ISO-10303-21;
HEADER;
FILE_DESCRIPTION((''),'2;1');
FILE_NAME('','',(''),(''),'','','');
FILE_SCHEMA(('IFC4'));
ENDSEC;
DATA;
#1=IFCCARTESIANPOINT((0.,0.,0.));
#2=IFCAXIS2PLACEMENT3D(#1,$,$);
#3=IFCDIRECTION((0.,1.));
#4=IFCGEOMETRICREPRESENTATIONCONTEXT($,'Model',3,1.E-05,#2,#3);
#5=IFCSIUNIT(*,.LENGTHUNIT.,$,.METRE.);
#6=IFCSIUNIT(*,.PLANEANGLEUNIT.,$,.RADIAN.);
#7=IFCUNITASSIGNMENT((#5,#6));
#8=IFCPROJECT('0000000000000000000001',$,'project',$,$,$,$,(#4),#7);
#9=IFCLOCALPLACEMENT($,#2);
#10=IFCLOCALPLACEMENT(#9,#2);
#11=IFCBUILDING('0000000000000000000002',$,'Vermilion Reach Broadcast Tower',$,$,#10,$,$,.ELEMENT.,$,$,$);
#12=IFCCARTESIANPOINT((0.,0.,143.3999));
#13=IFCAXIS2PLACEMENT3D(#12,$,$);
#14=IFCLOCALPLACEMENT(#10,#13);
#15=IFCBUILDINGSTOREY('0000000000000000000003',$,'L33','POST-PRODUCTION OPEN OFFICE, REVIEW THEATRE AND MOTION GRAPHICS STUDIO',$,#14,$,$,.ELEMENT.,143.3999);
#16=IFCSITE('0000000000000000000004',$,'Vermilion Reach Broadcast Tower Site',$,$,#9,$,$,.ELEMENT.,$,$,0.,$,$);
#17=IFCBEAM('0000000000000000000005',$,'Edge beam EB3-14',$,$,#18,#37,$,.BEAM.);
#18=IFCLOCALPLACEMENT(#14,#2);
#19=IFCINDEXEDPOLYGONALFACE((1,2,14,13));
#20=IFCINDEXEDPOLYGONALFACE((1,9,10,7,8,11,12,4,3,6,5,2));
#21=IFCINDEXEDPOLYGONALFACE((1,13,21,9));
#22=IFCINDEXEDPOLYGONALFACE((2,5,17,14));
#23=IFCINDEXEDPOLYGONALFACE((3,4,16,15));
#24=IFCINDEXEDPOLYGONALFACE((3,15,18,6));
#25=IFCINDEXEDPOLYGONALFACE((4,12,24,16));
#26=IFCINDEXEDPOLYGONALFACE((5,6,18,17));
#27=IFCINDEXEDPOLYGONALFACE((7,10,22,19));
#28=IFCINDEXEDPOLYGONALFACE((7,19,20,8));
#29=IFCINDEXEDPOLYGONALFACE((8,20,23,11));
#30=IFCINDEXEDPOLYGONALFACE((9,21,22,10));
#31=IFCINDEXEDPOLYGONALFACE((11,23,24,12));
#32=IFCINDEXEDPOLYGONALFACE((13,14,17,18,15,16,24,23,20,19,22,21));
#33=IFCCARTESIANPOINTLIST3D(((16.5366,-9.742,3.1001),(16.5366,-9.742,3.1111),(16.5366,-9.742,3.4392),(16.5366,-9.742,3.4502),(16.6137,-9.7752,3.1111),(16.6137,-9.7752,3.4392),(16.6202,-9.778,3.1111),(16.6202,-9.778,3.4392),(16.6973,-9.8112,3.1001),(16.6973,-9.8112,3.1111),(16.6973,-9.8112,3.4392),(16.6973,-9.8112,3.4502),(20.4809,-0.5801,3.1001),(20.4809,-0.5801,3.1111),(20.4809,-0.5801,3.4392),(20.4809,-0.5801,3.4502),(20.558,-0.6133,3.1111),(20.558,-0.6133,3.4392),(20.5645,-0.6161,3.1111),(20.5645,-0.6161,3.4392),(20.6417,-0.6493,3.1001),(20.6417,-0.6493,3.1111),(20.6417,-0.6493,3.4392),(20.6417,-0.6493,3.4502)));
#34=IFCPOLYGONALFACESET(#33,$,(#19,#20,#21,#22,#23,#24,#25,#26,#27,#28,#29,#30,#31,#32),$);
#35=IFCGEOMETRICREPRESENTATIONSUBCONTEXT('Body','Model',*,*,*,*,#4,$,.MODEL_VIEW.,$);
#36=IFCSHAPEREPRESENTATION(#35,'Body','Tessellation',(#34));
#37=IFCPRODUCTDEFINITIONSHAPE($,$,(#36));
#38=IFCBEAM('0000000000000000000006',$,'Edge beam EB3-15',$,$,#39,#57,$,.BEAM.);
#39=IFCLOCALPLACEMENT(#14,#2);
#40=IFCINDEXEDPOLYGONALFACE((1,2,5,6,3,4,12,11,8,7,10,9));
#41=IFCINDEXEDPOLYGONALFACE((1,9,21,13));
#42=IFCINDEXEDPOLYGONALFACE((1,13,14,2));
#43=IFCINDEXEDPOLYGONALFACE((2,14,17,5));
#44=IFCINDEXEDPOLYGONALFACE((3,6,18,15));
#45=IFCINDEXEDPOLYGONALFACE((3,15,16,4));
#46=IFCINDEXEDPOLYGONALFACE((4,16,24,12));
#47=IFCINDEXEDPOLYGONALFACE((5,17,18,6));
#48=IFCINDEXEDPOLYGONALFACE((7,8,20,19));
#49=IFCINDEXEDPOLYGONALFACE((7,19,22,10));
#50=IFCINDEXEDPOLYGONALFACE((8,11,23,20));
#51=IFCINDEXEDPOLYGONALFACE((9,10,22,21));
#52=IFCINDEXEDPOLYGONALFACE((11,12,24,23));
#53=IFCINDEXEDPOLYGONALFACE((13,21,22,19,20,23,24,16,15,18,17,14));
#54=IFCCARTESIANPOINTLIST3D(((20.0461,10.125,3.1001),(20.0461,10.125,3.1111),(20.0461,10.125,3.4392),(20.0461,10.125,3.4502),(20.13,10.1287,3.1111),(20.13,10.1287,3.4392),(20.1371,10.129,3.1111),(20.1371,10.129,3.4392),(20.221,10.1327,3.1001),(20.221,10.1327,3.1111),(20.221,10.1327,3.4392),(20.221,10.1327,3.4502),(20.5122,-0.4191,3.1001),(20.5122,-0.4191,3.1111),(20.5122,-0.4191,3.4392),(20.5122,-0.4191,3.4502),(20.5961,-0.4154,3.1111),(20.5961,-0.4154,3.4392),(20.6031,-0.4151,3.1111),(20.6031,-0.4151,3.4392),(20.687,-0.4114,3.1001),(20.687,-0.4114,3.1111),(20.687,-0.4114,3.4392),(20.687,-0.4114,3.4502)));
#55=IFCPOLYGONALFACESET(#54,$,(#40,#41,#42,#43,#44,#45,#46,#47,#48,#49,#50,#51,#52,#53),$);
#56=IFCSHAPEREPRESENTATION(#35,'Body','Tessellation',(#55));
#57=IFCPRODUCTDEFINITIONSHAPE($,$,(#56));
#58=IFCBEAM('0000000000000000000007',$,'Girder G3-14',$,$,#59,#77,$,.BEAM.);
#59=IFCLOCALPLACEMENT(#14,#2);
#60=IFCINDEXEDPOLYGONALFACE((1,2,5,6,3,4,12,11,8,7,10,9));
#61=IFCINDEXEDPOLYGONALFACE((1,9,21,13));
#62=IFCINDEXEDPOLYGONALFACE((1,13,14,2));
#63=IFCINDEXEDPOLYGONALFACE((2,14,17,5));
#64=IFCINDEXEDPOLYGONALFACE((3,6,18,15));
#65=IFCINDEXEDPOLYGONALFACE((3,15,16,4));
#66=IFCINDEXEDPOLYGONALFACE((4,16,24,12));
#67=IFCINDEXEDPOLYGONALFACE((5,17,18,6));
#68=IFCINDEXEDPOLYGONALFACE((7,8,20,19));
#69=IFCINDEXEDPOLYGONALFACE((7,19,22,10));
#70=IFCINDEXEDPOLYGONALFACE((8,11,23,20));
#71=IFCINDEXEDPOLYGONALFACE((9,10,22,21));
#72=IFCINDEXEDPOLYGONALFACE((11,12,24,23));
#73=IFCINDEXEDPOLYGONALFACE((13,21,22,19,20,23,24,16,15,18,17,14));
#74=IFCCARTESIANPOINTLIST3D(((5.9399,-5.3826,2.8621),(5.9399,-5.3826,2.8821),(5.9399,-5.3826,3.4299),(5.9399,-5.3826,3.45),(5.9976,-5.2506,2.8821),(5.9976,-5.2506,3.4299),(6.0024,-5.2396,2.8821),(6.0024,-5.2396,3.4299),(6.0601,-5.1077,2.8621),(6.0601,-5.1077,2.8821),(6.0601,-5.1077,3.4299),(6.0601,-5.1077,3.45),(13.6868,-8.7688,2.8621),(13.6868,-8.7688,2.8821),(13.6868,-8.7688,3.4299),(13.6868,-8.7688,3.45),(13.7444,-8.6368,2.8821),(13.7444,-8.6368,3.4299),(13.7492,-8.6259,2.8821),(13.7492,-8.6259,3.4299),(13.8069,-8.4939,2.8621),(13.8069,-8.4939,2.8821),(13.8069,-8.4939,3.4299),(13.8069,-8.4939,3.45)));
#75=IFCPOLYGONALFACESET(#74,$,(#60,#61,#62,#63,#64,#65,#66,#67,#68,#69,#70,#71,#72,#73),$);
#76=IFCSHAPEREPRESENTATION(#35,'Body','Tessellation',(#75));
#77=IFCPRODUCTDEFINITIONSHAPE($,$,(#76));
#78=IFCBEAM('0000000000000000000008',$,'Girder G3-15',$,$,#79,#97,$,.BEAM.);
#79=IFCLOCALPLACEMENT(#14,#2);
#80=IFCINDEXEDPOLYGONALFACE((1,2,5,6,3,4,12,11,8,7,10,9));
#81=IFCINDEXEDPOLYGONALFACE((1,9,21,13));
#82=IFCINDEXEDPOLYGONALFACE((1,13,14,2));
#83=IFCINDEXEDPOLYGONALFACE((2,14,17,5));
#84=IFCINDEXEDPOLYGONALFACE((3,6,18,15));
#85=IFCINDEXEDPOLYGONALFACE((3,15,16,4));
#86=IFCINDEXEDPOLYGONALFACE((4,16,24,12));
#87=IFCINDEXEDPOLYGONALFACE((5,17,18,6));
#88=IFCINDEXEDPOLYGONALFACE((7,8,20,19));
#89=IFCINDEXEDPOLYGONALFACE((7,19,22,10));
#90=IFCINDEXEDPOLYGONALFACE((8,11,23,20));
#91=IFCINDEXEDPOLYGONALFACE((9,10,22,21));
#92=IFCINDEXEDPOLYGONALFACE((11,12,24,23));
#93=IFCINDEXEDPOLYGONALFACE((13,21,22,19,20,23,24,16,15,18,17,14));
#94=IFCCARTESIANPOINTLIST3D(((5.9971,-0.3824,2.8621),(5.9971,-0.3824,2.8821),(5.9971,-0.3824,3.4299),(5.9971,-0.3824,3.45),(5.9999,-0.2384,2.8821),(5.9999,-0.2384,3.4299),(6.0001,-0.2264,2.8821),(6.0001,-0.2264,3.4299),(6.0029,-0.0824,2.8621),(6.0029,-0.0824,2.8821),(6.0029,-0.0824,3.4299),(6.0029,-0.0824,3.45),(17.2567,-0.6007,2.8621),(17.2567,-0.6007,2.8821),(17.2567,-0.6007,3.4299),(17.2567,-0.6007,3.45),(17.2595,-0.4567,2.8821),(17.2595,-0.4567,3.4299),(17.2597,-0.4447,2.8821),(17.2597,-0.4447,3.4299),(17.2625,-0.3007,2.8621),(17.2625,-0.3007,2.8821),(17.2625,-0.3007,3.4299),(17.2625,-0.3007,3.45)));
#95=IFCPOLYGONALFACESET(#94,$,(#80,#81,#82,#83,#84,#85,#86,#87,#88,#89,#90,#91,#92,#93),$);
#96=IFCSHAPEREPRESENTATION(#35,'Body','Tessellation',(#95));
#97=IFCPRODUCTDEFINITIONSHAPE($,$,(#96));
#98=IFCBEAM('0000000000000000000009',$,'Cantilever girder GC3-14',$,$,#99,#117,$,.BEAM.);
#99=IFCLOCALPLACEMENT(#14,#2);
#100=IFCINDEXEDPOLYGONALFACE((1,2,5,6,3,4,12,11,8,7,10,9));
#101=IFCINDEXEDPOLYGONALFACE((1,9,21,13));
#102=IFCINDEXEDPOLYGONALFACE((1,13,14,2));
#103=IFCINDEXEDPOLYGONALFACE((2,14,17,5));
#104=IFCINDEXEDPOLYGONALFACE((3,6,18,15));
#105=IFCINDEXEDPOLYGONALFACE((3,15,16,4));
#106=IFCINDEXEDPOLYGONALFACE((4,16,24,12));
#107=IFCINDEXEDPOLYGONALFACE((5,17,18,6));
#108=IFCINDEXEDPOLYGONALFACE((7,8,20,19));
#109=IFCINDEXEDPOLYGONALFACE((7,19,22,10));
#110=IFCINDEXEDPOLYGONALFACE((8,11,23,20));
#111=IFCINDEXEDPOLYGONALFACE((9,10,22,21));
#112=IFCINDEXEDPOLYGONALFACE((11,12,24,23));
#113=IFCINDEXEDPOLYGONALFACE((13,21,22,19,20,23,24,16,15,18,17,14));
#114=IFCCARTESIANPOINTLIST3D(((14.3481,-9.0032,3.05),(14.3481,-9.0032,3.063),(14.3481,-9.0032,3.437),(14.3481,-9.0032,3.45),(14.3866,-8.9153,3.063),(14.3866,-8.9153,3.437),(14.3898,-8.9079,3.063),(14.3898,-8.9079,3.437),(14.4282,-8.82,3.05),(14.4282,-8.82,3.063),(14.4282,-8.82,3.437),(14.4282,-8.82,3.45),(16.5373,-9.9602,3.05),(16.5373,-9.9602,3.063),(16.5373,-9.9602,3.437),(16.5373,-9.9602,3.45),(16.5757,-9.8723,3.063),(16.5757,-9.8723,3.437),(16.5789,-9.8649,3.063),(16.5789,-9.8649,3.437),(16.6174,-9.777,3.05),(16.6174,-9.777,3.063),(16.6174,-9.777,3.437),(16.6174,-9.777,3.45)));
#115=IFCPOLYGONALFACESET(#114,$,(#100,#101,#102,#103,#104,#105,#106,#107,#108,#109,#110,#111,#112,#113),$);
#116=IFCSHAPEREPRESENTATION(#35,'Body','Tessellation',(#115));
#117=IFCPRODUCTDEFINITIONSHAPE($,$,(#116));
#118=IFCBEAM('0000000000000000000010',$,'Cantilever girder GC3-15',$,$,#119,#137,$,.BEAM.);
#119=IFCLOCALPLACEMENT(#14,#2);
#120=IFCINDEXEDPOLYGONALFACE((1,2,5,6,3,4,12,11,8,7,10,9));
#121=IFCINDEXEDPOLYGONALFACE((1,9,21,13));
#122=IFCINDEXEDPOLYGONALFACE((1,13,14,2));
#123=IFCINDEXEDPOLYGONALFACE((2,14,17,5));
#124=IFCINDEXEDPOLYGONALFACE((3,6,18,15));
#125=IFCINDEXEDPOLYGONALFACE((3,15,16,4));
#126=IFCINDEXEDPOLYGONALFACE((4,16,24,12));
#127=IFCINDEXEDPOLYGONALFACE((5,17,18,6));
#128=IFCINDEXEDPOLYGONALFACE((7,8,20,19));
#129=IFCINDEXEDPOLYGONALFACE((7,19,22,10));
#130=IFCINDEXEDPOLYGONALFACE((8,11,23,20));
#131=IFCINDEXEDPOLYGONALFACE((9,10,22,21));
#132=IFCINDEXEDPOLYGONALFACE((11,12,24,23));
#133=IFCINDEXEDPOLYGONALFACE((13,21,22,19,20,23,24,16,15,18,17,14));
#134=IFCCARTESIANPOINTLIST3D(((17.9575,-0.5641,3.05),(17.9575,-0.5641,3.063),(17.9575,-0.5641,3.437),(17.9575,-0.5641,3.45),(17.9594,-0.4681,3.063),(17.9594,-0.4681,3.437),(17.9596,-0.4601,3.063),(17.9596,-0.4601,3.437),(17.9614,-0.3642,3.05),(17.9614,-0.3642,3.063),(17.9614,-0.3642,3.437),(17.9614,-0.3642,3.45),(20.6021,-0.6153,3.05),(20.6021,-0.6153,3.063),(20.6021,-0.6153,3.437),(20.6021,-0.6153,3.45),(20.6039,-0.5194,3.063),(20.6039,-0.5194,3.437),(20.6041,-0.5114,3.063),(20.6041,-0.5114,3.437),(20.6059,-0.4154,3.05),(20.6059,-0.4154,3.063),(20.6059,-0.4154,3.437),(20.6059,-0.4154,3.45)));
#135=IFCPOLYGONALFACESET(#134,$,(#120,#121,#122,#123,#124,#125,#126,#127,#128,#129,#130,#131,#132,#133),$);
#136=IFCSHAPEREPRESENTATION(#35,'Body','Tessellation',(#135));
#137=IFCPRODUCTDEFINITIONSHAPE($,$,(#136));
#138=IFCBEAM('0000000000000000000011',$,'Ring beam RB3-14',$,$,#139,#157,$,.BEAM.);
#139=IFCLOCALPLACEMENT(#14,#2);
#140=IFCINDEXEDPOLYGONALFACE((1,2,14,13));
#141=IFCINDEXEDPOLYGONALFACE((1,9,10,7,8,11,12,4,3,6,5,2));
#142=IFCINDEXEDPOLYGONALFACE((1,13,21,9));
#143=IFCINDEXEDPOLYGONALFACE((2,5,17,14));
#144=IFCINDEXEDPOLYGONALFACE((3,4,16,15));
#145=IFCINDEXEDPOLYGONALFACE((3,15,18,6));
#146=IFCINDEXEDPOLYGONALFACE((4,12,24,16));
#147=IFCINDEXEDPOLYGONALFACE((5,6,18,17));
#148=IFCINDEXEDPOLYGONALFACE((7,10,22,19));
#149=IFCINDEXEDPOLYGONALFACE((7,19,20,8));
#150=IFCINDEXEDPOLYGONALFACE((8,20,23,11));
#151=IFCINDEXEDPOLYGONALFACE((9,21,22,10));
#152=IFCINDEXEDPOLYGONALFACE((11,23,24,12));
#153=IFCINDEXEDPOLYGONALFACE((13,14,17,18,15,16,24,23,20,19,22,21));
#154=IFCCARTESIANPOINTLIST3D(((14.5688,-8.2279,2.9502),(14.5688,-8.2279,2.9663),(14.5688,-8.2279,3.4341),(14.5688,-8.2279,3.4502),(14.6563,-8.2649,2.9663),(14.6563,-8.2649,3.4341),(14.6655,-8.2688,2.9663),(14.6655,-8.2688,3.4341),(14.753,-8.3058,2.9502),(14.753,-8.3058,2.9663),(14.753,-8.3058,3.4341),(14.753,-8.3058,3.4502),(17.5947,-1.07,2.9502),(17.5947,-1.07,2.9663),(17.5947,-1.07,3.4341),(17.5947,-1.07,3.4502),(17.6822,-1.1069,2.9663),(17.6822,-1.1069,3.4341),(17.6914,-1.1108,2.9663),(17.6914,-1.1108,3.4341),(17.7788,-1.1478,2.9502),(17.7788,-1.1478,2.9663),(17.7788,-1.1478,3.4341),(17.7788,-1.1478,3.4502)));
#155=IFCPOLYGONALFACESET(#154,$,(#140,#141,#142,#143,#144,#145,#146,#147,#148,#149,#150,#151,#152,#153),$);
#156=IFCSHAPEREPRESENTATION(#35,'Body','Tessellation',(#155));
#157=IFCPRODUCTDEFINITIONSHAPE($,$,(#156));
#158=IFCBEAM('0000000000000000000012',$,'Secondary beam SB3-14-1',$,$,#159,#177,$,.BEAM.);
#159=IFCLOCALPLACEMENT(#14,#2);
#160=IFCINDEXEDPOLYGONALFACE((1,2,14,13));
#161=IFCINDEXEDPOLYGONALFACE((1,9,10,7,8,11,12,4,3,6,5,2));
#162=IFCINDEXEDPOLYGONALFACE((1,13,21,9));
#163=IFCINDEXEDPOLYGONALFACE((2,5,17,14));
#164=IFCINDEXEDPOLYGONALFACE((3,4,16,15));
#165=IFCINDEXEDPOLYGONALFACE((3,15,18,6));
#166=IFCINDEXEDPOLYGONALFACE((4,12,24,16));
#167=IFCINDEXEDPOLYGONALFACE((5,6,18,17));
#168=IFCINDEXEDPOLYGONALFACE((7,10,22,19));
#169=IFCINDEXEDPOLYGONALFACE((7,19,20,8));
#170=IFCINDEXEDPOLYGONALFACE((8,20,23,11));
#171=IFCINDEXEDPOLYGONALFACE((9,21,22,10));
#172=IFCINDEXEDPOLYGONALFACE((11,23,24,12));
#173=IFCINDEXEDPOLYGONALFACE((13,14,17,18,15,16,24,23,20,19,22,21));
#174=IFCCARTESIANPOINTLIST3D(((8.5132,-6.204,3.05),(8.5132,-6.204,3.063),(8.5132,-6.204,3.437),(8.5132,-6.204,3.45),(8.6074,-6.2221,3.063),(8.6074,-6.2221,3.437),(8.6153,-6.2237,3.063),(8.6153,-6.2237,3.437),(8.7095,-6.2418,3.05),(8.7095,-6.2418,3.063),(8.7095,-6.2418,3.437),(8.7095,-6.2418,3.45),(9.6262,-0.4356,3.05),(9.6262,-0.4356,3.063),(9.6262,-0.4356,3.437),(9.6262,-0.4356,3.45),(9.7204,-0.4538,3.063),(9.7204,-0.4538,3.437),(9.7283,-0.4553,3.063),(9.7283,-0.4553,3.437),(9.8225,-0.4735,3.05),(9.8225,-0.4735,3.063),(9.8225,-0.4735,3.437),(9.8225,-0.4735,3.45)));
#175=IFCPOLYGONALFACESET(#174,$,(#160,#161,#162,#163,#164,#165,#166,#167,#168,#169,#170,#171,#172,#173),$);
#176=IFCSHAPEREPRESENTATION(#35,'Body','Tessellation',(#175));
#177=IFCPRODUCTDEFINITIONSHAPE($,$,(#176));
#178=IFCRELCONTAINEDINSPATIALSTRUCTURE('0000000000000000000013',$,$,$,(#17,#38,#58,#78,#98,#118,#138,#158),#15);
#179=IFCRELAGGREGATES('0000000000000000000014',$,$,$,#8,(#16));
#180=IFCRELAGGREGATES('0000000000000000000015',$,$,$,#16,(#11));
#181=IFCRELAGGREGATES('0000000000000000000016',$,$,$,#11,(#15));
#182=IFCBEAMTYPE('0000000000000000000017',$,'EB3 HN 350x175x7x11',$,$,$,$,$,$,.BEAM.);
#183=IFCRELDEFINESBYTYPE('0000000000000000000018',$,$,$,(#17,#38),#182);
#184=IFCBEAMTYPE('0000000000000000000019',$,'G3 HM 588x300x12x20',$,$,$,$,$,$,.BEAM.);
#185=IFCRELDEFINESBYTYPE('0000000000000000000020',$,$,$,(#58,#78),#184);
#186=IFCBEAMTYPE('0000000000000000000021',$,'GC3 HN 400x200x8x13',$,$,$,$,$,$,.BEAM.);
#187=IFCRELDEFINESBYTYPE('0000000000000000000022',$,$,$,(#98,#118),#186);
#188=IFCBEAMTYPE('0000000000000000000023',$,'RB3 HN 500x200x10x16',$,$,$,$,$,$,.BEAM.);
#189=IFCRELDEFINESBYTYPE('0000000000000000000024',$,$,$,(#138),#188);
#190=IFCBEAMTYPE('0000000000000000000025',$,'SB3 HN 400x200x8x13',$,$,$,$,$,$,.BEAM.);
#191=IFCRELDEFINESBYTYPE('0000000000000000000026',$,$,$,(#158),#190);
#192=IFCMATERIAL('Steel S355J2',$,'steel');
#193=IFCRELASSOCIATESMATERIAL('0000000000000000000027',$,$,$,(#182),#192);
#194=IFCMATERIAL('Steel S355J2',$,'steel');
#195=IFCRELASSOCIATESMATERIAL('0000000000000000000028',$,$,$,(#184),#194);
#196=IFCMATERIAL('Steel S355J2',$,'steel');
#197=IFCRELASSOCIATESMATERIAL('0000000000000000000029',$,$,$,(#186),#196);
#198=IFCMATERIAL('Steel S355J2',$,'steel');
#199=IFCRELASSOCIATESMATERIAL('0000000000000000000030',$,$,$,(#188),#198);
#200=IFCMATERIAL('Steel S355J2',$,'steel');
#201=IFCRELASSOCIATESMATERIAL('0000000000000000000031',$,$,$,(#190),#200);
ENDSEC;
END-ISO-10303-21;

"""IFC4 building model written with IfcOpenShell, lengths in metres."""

from ifc_helpers import new_model, si_unit, direction, frame, origin, origin_2d, place, context, subcontext, project, spatial, i_section, extrude, material, material_profile, profile_set, type_object, element, save


model = new_model("IFC4")

# Units and contexts
model_context = context("Model", 3, precision=1e-05, world=origin(), true_north=direction((0.0, 1.0)))
body_context = subcontext(model_context, "Body", "Model", "MODEL_VIEW")
ifc_project = project(units=[si_unit("LENGTHUNIT", "METRE"), si_unit("PLANEANGLEUNIT", "RADIAN")], contexts=[model_context])

# Site, building, storey
site_placement = place(None, origin())
site = spatial("IfcSite", under=ifc_project, at=site_placement, Name="Vermilion Reach Broadcast Tower Site", CompositionType="ELEMENT", RefElevation=0.0)
building_placement = place(site_placement, origin())
building = spatial("IfcBuilding", under=site, at=building_placement, Name="Vermilion Reach Broadcast Tower", CompositionType="ELEMENT")
storey_placement = place(building_placement, frame((0.0, 0.0, 143.3999)))
storey = spatial("IfcBuildingStorey", under=building, at=storey_placement, Name="L33", Description="POST-PRODUCTION OPEN OFFICE, REVIEW THEATRE AND MOTION GRAPHICS STUDIO", CompositionType="ELEMENT", Elevation=143.3999)

# Beams
ifc_material_1 = material(Name="Steel S355J2", Category="steel")
ifc_material_profile_1 = material_profile(ifc_material_1, i_section(OverallWidth=0.175, OverallDepth=0.3501, WebThickness=0.0071, FlangeThickness=0.011, at=origin_2d()), Name="S355J2 HN 350x175x7x11")
ifc_profile_set_1 = profile_set([ifc_material_profile_1], Name="Steel S355J2")
beam_type_1 = type_object("IfcBeamType", Name="EB3 HN 350x175x7x11", PredefinedType="BEAM", material=ifc_profile_set_1)
beam_1_placement = place(storey_placement, frame((16.6169, -9.7766, 3.2751), z_axis=(0.395428, 0.918497, 0.0), x_axis=(-0.918497, 0.395428, 0.0)))
element("IfcBeam", 1, at=beam_1_placement, inside=storey, type_object=beam_type_1, Name="Edge beam EB3-14", PredefinedType="BEAM", context=body_context, shape_type="SweptSolid", body=[
    extrude(i_section(OverallWidth=0.175, OverallDepth=0.3501, WebThickness=0.0071, FlangeThickness=0.011, at=origin_2d()), origin(), (0.0, 0.0, 1.0), 9.9749),
])
beam_2_placement = place(storey_placement, frame((20.5996, -0.4153, 3.2751), z_axis=(-0.044158, 0.999025, 0.0), x_axis=(-0.999025, -0.044158, 0.0)))
element("IfcBeam", 2, at=beam_2_placement, inside=storey, type_object=beam_type_1, Name="Edge beam EB3-15", PredefinedType="BEAM", context=body_context, shape_type="SweptSolid", body=[
    extrude(i_section(OverallWidth=0.175, OverallDepth=0.3501, WebThickness=0.0071, FlangeThickness=0.011, at=origin_2d()), origin(), (0.0, 0.0, 1.0), 10.5544),
])
ifc_material_2 = material(Name="Steel S355J2", Category="steel")
ifc_material_profile_2 = material_profile(ifc_material_2, i_section(OverallWidth=0.3, OverallDepth=0.5879, WebThickness=0.012, FlangeThickness=0.02, at=origin_2d()), Name="S355J2 HM 588x300x12x20")
ifc_profile_set_2 = profile_set([ifc_material_profile_2], Name="Steel S355J2")
beam_type_2 = type_object("IfcBeamType", Name="G3 HM 588x300x12x20", PredefinedType="BEAM", material=ifc_profile_set_2)
beam_3_placement = place(storey_placement, frame((6.0, -5.2451, 3.156), z_axis=(0.916288, -0.40052, 0.0), x_axis=(0.40052, 0.916288, 0.0)))
element("IfcBeam", 3, at=beam_3_placement, inside=storey, type_object=beam_type_2, Name="Girder G3-14", PredefinedType="BEAM", context=body_context, shape_type="SweptSolid", body=[
    extrude(i_section(OverallWidth=0.3, OverallDepth=0.5879, WebThickness=0.012, FlangeThickness=0.02, at=origin_2d()), origin(), (0.0, 0.0, 1.0), 8.4546),
])
beam_4_placement = place(storey_placement, frame((6.0, -0.2324, 3.156), z_axis=(0.999812, -0.019381, 0.0), x_axis=(0.019381, 0.999812, 0.0)))
element("IfcBeam", 4, at=beam_4_placement, inside=storey, type_object=beam_type_2, Name="Girder G3-15", PredefinedType="BEAM", context=body_context, shape_type="SweptSolid", body=[
    extrude(i_section(OverallWidth=0.3, OverallDepth=0.5879, WebThickness=0.012, FlangeThickness=0.02, at=origin_2d()), origin(), (0.0, 0.0, 1.0), 11.2617),
])
ifc_material_3 = material(Name="Steel S355J2", Category="steel")
ifc_material_profile_3 = material_profile(ifc_material_3, i_section(OverallWidth=0.2, OverallDepth=0.3999, WebThickness=0.0081, FlangeThickness=0.0129, at=origin_2d()), Name="S355J2 HN 400x200x8x13")
ifc_profile_set_3 = profile_set([ifc_material_profile_3], Name="Steel S355J2")
beam_type_3 = type_object("IfcBeamType", Name="GC3 HN 400x200x8x13", PredefinedType="BEAM", material=ifc_profile_set_3)
beam_5_placement = place(storey_placement, frame((14.3882, -8.9116, 3.25), z_axis=(0.916272, -0.400556, 0.0), x_axis=(0.400556, 0.916272, 0.0)))
element("IfcBeam", 5, at=beam_5_placement, inside=storey, type_object=beam_type_3, Name="Cantilever girder GC3-14", PredefinedType="BEAM", context=body_context, shape_type="SweptSolid", body=[
    extrude(i_section(OverallWidth=0.2, OverallDepth=0.3999, WebThickness=0.0081, FlangeThickness=0.0129, at=origin_2d()), origin(), (0.0, 0.0, 1.0), 2.3892),
])
beam_6_placement = place(storey_placement, frame((17.9595, -0.4641, 3.25), z_axis=(0.999812, -0.019383, 0.0), x_axis=(0.019383, 0.999812, 0.0)))
element("IfcBeam", 6, at=beam_6_placement, inside=storey, type_object=beam_type_3, Name="Cantilever girder GC3-15", PredefinedType="BEAM", context=body_context, shape_type="SweptSolid", body=[
    extrude(i_section(OverallWidth=0.2, OverallDepth=0.3999, WebThickness=0.0081, FlangeThickness=0.0129, at=origin_2d()), origin(), (0.0, 0.0, 1.0), 2.645),
])
ifc_material_4 = material(Name="Steel S355J2", Category="steel")
ifc_material_profile_4 = material_profile(ifc_material_4, i_section(OverallWidth=0.2, OverallDepth=0.5, WebThickness=0.01, FlangeThickness=0.0161, at=origin_2d()), Name="S355J2 HN 500x200x10x16")
ifc_profile_set_4 = profile_set([ifc_material_profile_4], Name="Steel S355J2")
beam_type_4 = type_object("IfcBeamType", Name="RB3 HN 500x200x10x16", PredefinedType="BEAM", material=ifc_profile_set_4)
beam_7_placement = place(storey_placement, frame((14.6609, -8.2668, 3.2002), z_axis=(0.389368, 0.921082, 0.0), x_axis=(-0.921082, 0.389368, 0.0)))
element("IfcBeam", 7, at=beam_7_placement, inside=storey, type_object=beam_type_4, Name="Ring beam RB3-14", PredefinedType="BEAM", context=body_context, shape_type="SweptSolid", body=[
    extrude(i_section(OverallWidth=0.2, OverallDepth=0.5, WebThickness=0.01, FlangeThickness=0.0161, at=origin_2d()), origin(), (0.0, 0.0, 1.0), 7.7712),
])
ifc_material_5 = material(Name="Steel S355J2", Category="steel")
ifc_material_profile_5 = material_profile(ifc_material_5, i_section(OverallWidth=0.2, OverallDepth=0.3999, WebThickness=0.0081, FlangeThickness=0.0129, at=origin_2d()), Name="S355J2 HN 400x200x8x13")
ifc_profile_set_5 = profile_set([ifc_material_profile_5], Name="Steel S355J2")
beam_type_5 = type_object("IfcBeamType", Name="SB3 HN 400x200x8x13", PredefinedType="BEAM", material=ifc_profile_set_5)
beam_8_placement = place(storey_placement, frame((8.6113, -6.2229, 3.25), z_axis=(0.189462, 0.981888, 0.0), x_axis=(-0.981888, 0.189462, 0.0)))
element("IfcBeam", 8, at=beam_8_placement, inside=storey, type_object=beam_type_5, Name="Secondary beam SB3-14-1", PredefinedType="BEAM", context=body_context, shape_type="SweptSolid", body=[
    extrude(i_section(OverallWidth=0.2, OverallDepth=0.3999, WebThickness=0.0081, FlangeThickness=0.0129, at=origin_2d()), origin(), (0.0, 0.0, 1.0), 5.8748),
])

save(model, "model.ifc")
